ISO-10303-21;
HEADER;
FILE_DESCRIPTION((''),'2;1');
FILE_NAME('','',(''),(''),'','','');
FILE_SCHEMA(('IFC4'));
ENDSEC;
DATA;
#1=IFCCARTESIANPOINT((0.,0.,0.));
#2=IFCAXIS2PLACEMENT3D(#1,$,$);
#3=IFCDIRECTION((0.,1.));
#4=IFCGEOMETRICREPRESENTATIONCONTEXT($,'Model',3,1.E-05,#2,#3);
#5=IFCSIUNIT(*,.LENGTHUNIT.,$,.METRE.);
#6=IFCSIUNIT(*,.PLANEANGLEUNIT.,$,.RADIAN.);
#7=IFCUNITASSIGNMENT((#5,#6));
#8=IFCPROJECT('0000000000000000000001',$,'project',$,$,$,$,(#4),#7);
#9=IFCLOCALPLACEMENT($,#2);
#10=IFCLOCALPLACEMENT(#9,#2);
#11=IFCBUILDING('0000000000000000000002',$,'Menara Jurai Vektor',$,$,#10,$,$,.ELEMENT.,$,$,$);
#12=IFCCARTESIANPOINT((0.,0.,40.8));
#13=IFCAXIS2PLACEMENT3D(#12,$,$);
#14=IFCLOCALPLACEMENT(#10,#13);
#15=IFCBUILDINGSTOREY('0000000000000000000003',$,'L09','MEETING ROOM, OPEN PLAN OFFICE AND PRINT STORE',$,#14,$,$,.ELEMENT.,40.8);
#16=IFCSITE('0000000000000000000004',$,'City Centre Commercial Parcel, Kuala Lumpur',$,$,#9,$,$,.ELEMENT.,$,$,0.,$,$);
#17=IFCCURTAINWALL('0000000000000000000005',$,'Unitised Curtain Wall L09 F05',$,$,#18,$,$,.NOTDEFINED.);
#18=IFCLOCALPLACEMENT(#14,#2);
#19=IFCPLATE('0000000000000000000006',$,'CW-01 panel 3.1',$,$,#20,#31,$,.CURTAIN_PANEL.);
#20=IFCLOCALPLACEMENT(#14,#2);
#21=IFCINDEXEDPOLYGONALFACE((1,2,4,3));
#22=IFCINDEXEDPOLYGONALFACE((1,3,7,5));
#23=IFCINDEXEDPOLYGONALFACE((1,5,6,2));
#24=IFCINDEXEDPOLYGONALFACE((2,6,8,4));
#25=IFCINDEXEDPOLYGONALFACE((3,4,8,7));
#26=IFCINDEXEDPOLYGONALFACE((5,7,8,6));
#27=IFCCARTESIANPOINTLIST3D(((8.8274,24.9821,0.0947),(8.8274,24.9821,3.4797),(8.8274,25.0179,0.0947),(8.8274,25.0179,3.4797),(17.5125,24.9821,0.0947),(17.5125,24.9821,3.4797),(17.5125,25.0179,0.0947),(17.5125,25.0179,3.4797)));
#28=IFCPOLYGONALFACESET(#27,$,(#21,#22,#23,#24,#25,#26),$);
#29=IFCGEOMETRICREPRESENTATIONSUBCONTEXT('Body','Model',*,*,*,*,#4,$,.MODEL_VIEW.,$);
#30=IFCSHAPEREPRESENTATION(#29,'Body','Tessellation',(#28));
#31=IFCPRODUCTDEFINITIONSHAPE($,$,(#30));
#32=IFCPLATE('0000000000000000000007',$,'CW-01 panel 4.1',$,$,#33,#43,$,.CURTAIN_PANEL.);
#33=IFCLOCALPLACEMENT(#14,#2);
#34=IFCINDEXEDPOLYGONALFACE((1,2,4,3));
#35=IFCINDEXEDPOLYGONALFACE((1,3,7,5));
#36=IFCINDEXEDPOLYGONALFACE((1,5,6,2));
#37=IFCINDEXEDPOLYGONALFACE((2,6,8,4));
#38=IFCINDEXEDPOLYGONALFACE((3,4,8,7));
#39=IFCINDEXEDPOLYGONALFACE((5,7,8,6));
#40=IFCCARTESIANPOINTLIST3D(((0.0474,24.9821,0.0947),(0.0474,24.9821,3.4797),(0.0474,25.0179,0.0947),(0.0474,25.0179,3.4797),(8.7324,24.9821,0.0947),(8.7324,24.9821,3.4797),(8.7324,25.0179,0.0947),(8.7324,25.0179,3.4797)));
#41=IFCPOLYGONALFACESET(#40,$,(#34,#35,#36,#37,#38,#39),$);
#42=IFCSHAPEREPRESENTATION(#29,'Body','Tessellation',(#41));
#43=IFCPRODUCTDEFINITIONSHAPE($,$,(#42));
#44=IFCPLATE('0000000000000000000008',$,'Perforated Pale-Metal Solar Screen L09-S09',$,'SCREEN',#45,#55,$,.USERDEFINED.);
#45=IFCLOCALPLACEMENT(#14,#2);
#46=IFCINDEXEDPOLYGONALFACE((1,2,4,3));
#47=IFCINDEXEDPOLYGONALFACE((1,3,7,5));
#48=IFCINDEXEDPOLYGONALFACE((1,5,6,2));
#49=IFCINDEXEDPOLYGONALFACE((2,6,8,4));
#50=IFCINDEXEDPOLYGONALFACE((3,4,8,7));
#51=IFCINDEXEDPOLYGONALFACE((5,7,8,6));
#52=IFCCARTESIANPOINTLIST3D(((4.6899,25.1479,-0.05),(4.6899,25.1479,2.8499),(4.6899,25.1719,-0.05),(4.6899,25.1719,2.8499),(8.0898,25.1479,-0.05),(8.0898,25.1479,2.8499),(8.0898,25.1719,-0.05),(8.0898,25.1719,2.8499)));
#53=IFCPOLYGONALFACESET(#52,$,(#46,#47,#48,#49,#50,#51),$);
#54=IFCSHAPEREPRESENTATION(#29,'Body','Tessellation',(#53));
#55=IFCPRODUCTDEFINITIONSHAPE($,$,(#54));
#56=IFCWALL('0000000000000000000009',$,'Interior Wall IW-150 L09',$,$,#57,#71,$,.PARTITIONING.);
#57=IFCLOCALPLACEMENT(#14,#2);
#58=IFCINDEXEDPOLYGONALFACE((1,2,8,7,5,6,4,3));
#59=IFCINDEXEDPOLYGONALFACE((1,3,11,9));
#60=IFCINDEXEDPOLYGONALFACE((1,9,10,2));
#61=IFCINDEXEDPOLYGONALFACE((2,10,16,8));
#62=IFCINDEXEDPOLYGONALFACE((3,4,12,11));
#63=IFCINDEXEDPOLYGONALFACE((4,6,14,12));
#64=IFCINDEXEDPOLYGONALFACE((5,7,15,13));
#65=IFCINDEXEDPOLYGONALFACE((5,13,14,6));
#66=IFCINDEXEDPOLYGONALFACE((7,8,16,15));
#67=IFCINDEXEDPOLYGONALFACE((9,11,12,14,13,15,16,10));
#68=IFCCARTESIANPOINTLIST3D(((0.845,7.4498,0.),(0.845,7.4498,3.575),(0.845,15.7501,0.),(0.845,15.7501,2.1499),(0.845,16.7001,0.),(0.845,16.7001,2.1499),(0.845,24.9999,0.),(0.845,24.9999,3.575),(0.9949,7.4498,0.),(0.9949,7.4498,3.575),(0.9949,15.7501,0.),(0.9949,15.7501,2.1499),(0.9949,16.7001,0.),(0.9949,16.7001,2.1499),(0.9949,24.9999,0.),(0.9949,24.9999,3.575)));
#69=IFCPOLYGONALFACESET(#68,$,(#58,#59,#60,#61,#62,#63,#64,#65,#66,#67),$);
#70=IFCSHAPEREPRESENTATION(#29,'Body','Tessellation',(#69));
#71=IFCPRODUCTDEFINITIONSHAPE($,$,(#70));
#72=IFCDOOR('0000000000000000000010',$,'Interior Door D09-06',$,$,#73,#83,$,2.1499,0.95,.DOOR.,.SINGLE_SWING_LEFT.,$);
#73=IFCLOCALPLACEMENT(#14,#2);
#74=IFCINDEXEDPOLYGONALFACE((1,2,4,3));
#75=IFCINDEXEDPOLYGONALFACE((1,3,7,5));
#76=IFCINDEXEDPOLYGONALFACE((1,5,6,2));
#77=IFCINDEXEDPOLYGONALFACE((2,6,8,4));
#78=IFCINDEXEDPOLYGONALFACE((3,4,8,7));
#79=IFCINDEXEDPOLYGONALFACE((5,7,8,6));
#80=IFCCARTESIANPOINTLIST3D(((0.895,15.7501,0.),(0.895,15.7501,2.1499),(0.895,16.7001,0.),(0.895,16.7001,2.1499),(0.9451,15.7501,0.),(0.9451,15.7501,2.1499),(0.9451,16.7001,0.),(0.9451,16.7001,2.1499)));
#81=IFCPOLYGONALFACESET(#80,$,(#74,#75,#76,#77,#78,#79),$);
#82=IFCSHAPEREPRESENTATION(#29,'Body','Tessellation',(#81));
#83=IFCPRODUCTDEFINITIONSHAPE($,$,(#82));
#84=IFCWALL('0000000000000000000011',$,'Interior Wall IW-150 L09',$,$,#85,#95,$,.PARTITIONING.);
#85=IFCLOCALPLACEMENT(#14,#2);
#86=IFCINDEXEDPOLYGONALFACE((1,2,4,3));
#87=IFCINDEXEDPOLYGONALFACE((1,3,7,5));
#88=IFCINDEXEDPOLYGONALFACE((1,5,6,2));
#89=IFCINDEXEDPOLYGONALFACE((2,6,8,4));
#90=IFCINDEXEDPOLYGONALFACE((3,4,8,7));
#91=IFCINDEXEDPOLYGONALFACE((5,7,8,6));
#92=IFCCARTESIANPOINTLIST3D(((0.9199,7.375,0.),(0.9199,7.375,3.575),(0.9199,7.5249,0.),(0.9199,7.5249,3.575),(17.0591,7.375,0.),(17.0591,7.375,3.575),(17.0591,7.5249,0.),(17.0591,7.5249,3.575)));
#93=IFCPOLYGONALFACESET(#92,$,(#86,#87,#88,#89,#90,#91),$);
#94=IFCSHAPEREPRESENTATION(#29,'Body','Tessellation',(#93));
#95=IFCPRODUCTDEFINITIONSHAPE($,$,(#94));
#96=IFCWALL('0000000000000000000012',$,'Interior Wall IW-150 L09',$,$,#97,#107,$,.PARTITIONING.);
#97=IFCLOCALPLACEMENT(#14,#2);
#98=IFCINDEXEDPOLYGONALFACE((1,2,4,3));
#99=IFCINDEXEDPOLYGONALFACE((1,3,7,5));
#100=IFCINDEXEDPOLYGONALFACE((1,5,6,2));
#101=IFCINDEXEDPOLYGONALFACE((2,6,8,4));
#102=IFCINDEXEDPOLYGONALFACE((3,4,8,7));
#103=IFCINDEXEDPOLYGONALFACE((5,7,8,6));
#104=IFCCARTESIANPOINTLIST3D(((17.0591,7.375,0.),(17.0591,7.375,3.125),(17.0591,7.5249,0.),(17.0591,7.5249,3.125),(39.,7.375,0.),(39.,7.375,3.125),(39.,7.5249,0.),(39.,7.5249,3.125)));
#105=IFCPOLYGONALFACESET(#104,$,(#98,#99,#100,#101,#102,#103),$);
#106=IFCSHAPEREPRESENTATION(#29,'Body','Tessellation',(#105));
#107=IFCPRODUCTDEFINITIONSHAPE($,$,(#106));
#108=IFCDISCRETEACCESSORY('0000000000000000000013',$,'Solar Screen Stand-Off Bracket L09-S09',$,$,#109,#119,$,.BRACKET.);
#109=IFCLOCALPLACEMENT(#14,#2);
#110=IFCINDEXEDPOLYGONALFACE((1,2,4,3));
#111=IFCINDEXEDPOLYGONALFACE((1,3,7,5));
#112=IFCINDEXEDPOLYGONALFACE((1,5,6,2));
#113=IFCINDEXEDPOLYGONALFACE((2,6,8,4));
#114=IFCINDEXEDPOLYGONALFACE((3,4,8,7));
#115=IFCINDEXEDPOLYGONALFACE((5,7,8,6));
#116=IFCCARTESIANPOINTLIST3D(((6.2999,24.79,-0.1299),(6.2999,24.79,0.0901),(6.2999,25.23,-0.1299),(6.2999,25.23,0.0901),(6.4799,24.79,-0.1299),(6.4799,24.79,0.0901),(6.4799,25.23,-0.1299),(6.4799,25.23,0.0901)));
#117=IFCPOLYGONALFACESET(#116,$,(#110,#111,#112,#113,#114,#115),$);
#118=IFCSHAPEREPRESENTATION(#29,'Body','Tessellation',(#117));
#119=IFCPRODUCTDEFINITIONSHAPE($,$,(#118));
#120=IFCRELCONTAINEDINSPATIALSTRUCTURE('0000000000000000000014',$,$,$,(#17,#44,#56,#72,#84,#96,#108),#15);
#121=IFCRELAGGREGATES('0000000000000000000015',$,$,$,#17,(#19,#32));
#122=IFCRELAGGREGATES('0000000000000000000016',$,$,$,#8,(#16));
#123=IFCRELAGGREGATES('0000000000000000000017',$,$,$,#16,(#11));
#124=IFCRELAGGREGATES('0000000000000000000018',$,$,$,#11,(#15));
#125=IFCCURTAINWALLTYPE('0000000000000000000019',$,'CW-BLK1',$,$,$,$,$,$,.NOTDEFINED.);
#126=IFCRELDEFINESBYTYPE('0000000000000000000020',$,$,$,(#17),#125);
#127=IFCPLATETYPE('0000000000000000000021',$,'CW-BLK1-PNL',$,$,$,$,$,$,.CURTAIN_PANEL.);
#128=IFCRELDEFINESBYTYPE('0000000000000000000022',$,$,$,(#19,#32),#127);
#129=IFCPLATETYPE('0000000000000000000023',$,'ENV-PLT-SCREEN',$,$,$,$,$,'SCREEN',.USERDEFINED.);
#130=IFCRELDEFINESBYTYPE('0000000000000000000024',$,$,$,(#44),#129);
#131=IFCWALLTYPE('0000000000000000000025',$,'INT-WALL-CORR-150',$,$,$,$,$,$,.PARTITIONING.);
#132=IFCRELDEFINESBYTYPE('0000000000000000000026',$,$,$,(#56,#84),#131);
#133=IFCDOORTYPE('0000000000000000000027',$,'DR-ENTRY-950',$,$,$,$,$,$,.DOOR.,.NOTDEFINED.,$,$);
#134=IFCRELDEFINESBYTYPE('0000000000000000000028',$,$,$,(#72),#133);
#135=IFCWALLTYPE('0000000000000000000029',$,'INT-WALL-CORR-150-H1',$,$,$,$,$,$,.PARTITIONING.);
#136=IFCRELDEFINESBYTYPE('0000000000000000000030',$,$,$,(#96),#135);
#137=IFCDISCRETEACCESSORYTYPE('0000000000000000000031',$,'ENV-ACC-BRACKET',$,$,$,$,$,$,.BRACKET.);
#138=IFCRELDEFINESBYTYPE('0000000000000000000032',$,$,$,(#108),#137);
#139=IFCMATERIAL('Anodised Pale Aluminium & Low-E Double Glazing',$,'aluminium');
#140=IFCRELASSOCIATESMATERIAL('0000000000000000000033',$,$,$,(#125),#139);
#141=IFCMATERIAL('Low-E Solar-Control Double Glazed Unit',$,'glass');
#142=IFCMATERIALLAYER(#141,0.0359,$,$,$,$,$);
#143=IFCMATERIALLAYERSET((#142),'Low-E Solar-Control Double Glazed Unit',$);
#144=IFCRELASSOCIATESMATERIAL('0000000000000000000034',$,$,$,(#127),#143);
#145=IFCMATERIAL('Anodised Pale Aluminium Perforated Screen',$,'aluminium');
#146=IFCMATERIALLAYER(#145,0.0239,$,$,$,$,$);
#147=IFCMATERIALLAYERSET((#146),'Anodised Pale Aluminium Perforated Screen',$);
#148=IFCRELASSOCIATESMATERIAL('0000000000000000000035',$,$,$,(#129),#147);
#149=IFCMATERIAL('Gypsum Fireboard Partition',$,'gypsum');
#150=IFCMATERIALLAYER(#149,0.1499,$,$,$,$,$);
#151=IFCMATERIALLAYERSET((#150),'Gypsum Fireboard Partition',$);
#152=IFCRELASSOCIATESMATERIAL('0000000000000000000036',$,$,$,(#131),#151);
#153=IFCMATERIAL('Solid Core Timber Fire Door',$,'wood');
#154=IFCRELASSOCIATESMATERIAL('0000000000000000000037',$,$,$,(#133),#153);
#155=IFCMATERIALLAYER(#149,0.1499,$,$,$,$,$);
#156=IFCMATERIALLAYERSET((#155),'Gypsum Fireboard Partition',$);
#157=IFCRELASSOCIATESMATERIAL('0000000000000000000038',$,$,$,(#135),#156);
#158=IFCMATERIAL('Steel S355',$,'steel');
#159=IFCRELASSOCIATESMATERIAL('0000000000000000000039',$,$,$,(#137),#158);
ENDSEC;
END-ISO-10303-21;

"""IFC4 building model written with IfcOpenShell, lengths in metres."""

from ifc_helpers import new_model, si_unit, direction, frame, frame_2d, origin, origin_2d, place, context, subcontext, project, spatial, rectangle, extrude, material, layer, layer_set, type_object, element, fill, aggregate, save


model = new_model("IFC4")

# Units and contexts
model_context = context("Model", 3, precision=1e-05, world=origin(), true_north=direction((0.0, 1.0)))
body_context = subcontext(model_context, "Body", "Model", "MODEL_VIEW")
ifc_project = project(units=[si_unit("LENGTHUNIT", "METRE"), si_unit("PLANEANGLEUNIT", "RADIAN")], contexts=[model_context])

# Site, building, storey
site_placement = place(None, origin())
site = spatial("IfcSite", under=ifc_project, at=site_placement, Name="City Centre Commercial Parcel, Kuala Lumpur", CompositionType="ELEMENT", RefElevation=0.0)
building_placement = place(site_placement, origin())
building = spatial("IfcBuilding", under=site, at=building_placement, Name="Menara Jurai Vektor", CompositionType="ELEMENT")
storey_placement = place(building_placement, frame((0.0, 0.0, 40.8)))
storey = spatial("IfcBuildingStorey", under=building, at=storey_placement, Name="L09", Description="MEETING ROOM, OPEN PLAN OFFICE AND PRINT STORE", CompositionType="ELEMENT", Elevation=40.8)

# Curtain wall
ifc_material_1 = material(Name="Anodised Pale Aluminium & Low-E Double Glazing", Category="aluminium")
curtain_wall_type = type_object("IfcCurtainWallType", Name="CW-BLK1", PredefinedType="NOTDEFINED", material=ifc_material_1)
curtain_wall_placement = place(storey_placement, origin())
curtain_wall = element("IfcCurtainWall", 1, at=curtain_wall_placement, inside=storey, type_object=curtain_wall_type, Name="Unitised Curtain Wall L09 F05", PredefinedType="NOTDEFINED")

# Shared definitions
ifc_material_2 = material(Name="Steel S355", Category="steel")

# Plates
ifc_material_3 = material(Name="Low-E Solar-Control Double Glazed Unit", Category="glass")
ifc_layer_1 = layer(ifc_material_3, 0.0359)
ifc_layer_set_1 = layer_set([ifc_layer_1], Name="Low-E Solar-Control Double Glazed Unit")
plate_type_1 = type_object("IfcPlateType", Name="CW-BLK1-PNL", PredefinedType="CURTAIN_PANEL", material=ifc_layer_set_1)
plate_1_placement = place(storey_placement, frame((13.1699, 25.0, 0.0947), z_axis=(0.0, 0.0, 1.0), x_axis=(-1.0, 0.0, 0.0)))
plate_1 = element("IfcPlate", 2, at=plate_1_placement, type_object=plate_type_1, Name="CW-01 panel 3.1", PredefinedType="CURTAIN_PANEL", context=body_context, shape_type="SweptSolid", body=[
    extrude(rectangle(XDim=8.6851, YDim=0.0359, at=origin_2d()), origin(), (0.0, 0.0, 1.0), 3.385),
])
plate_2_placement = place(storey_placement, frame((4.3899, 25.0, 0.0947), z_axis=(0.0, 0.0, 1.0), x_axis=(-1.0, 0.0, 0.0)))
plate_2 = element("IfcPlate", 3, at=plate_2_placement, type_object=plate_type_1, Name="CW-01 panel 4.1", PredefinedType="CURTAIN_PANEL", context=body_context, shape_type="SweptSolid", body=[
    extrude(rectangle(XDim=8.6851, YDim=0.0359, at=origin_2d()), origin(), (0.0, 0.0, 1.0), 3.385),
])
aggregate(curtain_wall, [plate_1, plate_2])
ifc_material_4 = material(Name="Anodised Pale Aluminium Perforated Screen", Category="aluminium")
ifc_layer_2 = layer(ifc_material_4, 0.0239)
ifc_layer_set_2 = layer_set([ifc_layer_2], Name="Anodised Pale Aluminium Perforated Screen")
plate_type_2 = type_object("IfcPlateType", Name="ENV-PLT-SCREEN", ElementType="SCREEN", PredefinedType="USERDEFINED", material=ifc_layer_set_2)
plate_3_placement = place(storey_placement, frame((6.3899, 25.1599, -0.05), z_axis=(0.0, 0.0, 1.0), x_axis=(-1.0, 0.0, 0.0)))
element("IfcPlate", 4, at=plate_3_placement, inside=storey, type_object=plate_type_2, Name="Perforated Pale-Metal Solar Screen L09-S09", ObjectType="SCREEN", PredefinedType="USERDEFINED", context=body_context, shape_type="SweptSolid", body=[
    extrude(rectangle(XDim=3.3999, YDim=0.0239, at=origin_2d()), origin(), (0.0, 0.0, 1.0), 2.8999),
])

# Wall, opening, door
ifc_material_5 = material(Name="Gypsum Fireboard Partition", Category="gypsum")
ifc_layer_3 = layer(ifc_material_5, 0.1499)
ifc_layer_set_3 = layer_set([ifc_layer_3], Name="Gypsum Fireboard Partition")
wall_type_1 = type_object("IfcWallType", Name="INT-WALL-CORR-150", PredefinedType="PARTITIONING", material=ifc_layer_set_3)
wall_1_placement = place(storey_placement, frame((0.9199, 7.45, 0.0), z_axis=(0.0, 0.0, 1.0), x_axis=(0.0, 1.0, 0.0)))
wall_1 = element("IfcWall", 5, at=wall_1_placement, inside=storey, type_object=wall_type_1, Name="Interior Wall IW-150 L09", PredefinedType="PARTITIONING", context=body_context, shape_type="SweptSolid", body=[
    extrude(rectangle(XDim=17.55, YDim=0.1499, at=frame_2d((8.7749, 0.0))), origin(), (0.0, 0.0, 1.0), 3.575),
])
opening_placement = place(wall_1_placement, frame((8.3, 0.0, 0.0)))
opening = element("IfcOpeningElement", 6, at=opening_placement, cuts=wall_1, PredefinedType="OPENING", context=body_context, shape_type="SweptSolid", body=[
    extrude(rectangle(XDim=0.95, YDim=2.1499, at=frame_2d((0.4751, 1.075))), frame((0.0, 0.085, 0.0), z_axis=(0.0, -1.0, 0.0), x_axis=(1.0, 0.0, 0.0)), (0.0, 0.0, 1.0), 0.1699),
])
ifc_material_6 = material(Name="Solid Core Timber Fire Door", Category="wood")
door_type = type_object("IfcDoorType", Name="DR-ENTRY-950", OperationType="NOTDEFINED", PredefinedType="DOOR", material=ifc_material_6)
door_placement = place(opening_placement, origin())
door = element("IfcDoor", 7, at=door_placement, inside=storey, type_object=door_type, Name="Interior Door D09-06", OperationType="SINGLE_SWING_LEFT", OverallHeight=2.1499, OverallWidth=0.95, PredefinedType="DOOR", context=body_context, shape_type="SweptSolid", body=[
    extrude(rectangle(XDim=0.95, YDim=2.1499, at=frame_2d((0.4751, 1.075))), frame((0.0, 0.0249, 0.0), z_axis=(0.0, -1.0, 0.0), x_axis=(1.0, 0.0, 0.0)), (0.0, 0.0, 1.0), 0.05),
])
fill(opening, door)

# Walls
wall_2_placement = place(storey_placement, frame((0.9199, 7.45, 0.0), z_axis=(0.0, 0.0, 1.0), x_axis=(1.0, 0.0, 0.0)))
element("IfcWall", 8, at=wall_2_placement, inside=storey, type_object=wall_type_1, Name="Interior Wall IW-150 L09", PredefinedType="PARTITIONING", context=body_context, shape_type="SweptSolid", body=[
    extrude(rectangle(XDim=16.1392, YDim=0.1499, at=frame_2d((8.0696, 0.0))), origin(), (0.0, 0.0, 1.0), 3.575),
])
ifc_layer_4 = layer(ifc_material_5, 0.1499)
ifc_layer_set_4 = layer_set([ifc_layer_4], Name="Gypsum Fireboard Partition")
wall_type_2 = type_object("IfcWallType", Name="INT-WALL-CORR-150-H1", PredefinedType="PARTITIONING", material=ifc_layer_set_4)
wall_3_placement = place(storey_placement, frame((17.0591, 7.45, 0.0), z_axis=(0.0, 0.0, 1.0), x_axis=(1.0, 0.0, 0.0)))
element("IfcWall", 9, at=wall_3_placement, inside=storey, type_object=wall_type_2, Name="Interior Wall IW-150 L09", PredefinedType="PARTITIONING", context=body_context, shape_type="SweptSolid", body=[
    extrude(rectangle(XDim=21.9409, YDim=0.1499, at=frame_2d((10.9705, 0.0))), origin(), (0.0, 0.0, 1.0), 3.125),
])

# Discrete accessory
discrete_accessory_type = type_object("IfcDiscreteAccessoryType", Name="ENV-ACC-BRACKET", PredefinedType="BRACKET", material=ifc_material_2)
discrete_accessory_placement = place(storey_placement, frame((6.3899, 25.01, -0.1299), z_axis=(0.0, 0.0, 1.0), x_axis=(-1.0, 0.0, 0.0)))
element("IfcDiscreteAccessory", 10, at=discrete_accessory_placement, inside=storey, type_object=discrete_accessory_type, Name="Solar Screen Stand-Off Bracket L09-S09", PredefinedType="BRACKET", context=body_context, shape_type="SweptSolid", body=[
    extrude(rectangle(XDim=0.1799, YDim=0.4399, at=origin_2d()), origin(), (0.0, 0.0, 1.0), 0.22),
])

save(model, "model.ifc")
